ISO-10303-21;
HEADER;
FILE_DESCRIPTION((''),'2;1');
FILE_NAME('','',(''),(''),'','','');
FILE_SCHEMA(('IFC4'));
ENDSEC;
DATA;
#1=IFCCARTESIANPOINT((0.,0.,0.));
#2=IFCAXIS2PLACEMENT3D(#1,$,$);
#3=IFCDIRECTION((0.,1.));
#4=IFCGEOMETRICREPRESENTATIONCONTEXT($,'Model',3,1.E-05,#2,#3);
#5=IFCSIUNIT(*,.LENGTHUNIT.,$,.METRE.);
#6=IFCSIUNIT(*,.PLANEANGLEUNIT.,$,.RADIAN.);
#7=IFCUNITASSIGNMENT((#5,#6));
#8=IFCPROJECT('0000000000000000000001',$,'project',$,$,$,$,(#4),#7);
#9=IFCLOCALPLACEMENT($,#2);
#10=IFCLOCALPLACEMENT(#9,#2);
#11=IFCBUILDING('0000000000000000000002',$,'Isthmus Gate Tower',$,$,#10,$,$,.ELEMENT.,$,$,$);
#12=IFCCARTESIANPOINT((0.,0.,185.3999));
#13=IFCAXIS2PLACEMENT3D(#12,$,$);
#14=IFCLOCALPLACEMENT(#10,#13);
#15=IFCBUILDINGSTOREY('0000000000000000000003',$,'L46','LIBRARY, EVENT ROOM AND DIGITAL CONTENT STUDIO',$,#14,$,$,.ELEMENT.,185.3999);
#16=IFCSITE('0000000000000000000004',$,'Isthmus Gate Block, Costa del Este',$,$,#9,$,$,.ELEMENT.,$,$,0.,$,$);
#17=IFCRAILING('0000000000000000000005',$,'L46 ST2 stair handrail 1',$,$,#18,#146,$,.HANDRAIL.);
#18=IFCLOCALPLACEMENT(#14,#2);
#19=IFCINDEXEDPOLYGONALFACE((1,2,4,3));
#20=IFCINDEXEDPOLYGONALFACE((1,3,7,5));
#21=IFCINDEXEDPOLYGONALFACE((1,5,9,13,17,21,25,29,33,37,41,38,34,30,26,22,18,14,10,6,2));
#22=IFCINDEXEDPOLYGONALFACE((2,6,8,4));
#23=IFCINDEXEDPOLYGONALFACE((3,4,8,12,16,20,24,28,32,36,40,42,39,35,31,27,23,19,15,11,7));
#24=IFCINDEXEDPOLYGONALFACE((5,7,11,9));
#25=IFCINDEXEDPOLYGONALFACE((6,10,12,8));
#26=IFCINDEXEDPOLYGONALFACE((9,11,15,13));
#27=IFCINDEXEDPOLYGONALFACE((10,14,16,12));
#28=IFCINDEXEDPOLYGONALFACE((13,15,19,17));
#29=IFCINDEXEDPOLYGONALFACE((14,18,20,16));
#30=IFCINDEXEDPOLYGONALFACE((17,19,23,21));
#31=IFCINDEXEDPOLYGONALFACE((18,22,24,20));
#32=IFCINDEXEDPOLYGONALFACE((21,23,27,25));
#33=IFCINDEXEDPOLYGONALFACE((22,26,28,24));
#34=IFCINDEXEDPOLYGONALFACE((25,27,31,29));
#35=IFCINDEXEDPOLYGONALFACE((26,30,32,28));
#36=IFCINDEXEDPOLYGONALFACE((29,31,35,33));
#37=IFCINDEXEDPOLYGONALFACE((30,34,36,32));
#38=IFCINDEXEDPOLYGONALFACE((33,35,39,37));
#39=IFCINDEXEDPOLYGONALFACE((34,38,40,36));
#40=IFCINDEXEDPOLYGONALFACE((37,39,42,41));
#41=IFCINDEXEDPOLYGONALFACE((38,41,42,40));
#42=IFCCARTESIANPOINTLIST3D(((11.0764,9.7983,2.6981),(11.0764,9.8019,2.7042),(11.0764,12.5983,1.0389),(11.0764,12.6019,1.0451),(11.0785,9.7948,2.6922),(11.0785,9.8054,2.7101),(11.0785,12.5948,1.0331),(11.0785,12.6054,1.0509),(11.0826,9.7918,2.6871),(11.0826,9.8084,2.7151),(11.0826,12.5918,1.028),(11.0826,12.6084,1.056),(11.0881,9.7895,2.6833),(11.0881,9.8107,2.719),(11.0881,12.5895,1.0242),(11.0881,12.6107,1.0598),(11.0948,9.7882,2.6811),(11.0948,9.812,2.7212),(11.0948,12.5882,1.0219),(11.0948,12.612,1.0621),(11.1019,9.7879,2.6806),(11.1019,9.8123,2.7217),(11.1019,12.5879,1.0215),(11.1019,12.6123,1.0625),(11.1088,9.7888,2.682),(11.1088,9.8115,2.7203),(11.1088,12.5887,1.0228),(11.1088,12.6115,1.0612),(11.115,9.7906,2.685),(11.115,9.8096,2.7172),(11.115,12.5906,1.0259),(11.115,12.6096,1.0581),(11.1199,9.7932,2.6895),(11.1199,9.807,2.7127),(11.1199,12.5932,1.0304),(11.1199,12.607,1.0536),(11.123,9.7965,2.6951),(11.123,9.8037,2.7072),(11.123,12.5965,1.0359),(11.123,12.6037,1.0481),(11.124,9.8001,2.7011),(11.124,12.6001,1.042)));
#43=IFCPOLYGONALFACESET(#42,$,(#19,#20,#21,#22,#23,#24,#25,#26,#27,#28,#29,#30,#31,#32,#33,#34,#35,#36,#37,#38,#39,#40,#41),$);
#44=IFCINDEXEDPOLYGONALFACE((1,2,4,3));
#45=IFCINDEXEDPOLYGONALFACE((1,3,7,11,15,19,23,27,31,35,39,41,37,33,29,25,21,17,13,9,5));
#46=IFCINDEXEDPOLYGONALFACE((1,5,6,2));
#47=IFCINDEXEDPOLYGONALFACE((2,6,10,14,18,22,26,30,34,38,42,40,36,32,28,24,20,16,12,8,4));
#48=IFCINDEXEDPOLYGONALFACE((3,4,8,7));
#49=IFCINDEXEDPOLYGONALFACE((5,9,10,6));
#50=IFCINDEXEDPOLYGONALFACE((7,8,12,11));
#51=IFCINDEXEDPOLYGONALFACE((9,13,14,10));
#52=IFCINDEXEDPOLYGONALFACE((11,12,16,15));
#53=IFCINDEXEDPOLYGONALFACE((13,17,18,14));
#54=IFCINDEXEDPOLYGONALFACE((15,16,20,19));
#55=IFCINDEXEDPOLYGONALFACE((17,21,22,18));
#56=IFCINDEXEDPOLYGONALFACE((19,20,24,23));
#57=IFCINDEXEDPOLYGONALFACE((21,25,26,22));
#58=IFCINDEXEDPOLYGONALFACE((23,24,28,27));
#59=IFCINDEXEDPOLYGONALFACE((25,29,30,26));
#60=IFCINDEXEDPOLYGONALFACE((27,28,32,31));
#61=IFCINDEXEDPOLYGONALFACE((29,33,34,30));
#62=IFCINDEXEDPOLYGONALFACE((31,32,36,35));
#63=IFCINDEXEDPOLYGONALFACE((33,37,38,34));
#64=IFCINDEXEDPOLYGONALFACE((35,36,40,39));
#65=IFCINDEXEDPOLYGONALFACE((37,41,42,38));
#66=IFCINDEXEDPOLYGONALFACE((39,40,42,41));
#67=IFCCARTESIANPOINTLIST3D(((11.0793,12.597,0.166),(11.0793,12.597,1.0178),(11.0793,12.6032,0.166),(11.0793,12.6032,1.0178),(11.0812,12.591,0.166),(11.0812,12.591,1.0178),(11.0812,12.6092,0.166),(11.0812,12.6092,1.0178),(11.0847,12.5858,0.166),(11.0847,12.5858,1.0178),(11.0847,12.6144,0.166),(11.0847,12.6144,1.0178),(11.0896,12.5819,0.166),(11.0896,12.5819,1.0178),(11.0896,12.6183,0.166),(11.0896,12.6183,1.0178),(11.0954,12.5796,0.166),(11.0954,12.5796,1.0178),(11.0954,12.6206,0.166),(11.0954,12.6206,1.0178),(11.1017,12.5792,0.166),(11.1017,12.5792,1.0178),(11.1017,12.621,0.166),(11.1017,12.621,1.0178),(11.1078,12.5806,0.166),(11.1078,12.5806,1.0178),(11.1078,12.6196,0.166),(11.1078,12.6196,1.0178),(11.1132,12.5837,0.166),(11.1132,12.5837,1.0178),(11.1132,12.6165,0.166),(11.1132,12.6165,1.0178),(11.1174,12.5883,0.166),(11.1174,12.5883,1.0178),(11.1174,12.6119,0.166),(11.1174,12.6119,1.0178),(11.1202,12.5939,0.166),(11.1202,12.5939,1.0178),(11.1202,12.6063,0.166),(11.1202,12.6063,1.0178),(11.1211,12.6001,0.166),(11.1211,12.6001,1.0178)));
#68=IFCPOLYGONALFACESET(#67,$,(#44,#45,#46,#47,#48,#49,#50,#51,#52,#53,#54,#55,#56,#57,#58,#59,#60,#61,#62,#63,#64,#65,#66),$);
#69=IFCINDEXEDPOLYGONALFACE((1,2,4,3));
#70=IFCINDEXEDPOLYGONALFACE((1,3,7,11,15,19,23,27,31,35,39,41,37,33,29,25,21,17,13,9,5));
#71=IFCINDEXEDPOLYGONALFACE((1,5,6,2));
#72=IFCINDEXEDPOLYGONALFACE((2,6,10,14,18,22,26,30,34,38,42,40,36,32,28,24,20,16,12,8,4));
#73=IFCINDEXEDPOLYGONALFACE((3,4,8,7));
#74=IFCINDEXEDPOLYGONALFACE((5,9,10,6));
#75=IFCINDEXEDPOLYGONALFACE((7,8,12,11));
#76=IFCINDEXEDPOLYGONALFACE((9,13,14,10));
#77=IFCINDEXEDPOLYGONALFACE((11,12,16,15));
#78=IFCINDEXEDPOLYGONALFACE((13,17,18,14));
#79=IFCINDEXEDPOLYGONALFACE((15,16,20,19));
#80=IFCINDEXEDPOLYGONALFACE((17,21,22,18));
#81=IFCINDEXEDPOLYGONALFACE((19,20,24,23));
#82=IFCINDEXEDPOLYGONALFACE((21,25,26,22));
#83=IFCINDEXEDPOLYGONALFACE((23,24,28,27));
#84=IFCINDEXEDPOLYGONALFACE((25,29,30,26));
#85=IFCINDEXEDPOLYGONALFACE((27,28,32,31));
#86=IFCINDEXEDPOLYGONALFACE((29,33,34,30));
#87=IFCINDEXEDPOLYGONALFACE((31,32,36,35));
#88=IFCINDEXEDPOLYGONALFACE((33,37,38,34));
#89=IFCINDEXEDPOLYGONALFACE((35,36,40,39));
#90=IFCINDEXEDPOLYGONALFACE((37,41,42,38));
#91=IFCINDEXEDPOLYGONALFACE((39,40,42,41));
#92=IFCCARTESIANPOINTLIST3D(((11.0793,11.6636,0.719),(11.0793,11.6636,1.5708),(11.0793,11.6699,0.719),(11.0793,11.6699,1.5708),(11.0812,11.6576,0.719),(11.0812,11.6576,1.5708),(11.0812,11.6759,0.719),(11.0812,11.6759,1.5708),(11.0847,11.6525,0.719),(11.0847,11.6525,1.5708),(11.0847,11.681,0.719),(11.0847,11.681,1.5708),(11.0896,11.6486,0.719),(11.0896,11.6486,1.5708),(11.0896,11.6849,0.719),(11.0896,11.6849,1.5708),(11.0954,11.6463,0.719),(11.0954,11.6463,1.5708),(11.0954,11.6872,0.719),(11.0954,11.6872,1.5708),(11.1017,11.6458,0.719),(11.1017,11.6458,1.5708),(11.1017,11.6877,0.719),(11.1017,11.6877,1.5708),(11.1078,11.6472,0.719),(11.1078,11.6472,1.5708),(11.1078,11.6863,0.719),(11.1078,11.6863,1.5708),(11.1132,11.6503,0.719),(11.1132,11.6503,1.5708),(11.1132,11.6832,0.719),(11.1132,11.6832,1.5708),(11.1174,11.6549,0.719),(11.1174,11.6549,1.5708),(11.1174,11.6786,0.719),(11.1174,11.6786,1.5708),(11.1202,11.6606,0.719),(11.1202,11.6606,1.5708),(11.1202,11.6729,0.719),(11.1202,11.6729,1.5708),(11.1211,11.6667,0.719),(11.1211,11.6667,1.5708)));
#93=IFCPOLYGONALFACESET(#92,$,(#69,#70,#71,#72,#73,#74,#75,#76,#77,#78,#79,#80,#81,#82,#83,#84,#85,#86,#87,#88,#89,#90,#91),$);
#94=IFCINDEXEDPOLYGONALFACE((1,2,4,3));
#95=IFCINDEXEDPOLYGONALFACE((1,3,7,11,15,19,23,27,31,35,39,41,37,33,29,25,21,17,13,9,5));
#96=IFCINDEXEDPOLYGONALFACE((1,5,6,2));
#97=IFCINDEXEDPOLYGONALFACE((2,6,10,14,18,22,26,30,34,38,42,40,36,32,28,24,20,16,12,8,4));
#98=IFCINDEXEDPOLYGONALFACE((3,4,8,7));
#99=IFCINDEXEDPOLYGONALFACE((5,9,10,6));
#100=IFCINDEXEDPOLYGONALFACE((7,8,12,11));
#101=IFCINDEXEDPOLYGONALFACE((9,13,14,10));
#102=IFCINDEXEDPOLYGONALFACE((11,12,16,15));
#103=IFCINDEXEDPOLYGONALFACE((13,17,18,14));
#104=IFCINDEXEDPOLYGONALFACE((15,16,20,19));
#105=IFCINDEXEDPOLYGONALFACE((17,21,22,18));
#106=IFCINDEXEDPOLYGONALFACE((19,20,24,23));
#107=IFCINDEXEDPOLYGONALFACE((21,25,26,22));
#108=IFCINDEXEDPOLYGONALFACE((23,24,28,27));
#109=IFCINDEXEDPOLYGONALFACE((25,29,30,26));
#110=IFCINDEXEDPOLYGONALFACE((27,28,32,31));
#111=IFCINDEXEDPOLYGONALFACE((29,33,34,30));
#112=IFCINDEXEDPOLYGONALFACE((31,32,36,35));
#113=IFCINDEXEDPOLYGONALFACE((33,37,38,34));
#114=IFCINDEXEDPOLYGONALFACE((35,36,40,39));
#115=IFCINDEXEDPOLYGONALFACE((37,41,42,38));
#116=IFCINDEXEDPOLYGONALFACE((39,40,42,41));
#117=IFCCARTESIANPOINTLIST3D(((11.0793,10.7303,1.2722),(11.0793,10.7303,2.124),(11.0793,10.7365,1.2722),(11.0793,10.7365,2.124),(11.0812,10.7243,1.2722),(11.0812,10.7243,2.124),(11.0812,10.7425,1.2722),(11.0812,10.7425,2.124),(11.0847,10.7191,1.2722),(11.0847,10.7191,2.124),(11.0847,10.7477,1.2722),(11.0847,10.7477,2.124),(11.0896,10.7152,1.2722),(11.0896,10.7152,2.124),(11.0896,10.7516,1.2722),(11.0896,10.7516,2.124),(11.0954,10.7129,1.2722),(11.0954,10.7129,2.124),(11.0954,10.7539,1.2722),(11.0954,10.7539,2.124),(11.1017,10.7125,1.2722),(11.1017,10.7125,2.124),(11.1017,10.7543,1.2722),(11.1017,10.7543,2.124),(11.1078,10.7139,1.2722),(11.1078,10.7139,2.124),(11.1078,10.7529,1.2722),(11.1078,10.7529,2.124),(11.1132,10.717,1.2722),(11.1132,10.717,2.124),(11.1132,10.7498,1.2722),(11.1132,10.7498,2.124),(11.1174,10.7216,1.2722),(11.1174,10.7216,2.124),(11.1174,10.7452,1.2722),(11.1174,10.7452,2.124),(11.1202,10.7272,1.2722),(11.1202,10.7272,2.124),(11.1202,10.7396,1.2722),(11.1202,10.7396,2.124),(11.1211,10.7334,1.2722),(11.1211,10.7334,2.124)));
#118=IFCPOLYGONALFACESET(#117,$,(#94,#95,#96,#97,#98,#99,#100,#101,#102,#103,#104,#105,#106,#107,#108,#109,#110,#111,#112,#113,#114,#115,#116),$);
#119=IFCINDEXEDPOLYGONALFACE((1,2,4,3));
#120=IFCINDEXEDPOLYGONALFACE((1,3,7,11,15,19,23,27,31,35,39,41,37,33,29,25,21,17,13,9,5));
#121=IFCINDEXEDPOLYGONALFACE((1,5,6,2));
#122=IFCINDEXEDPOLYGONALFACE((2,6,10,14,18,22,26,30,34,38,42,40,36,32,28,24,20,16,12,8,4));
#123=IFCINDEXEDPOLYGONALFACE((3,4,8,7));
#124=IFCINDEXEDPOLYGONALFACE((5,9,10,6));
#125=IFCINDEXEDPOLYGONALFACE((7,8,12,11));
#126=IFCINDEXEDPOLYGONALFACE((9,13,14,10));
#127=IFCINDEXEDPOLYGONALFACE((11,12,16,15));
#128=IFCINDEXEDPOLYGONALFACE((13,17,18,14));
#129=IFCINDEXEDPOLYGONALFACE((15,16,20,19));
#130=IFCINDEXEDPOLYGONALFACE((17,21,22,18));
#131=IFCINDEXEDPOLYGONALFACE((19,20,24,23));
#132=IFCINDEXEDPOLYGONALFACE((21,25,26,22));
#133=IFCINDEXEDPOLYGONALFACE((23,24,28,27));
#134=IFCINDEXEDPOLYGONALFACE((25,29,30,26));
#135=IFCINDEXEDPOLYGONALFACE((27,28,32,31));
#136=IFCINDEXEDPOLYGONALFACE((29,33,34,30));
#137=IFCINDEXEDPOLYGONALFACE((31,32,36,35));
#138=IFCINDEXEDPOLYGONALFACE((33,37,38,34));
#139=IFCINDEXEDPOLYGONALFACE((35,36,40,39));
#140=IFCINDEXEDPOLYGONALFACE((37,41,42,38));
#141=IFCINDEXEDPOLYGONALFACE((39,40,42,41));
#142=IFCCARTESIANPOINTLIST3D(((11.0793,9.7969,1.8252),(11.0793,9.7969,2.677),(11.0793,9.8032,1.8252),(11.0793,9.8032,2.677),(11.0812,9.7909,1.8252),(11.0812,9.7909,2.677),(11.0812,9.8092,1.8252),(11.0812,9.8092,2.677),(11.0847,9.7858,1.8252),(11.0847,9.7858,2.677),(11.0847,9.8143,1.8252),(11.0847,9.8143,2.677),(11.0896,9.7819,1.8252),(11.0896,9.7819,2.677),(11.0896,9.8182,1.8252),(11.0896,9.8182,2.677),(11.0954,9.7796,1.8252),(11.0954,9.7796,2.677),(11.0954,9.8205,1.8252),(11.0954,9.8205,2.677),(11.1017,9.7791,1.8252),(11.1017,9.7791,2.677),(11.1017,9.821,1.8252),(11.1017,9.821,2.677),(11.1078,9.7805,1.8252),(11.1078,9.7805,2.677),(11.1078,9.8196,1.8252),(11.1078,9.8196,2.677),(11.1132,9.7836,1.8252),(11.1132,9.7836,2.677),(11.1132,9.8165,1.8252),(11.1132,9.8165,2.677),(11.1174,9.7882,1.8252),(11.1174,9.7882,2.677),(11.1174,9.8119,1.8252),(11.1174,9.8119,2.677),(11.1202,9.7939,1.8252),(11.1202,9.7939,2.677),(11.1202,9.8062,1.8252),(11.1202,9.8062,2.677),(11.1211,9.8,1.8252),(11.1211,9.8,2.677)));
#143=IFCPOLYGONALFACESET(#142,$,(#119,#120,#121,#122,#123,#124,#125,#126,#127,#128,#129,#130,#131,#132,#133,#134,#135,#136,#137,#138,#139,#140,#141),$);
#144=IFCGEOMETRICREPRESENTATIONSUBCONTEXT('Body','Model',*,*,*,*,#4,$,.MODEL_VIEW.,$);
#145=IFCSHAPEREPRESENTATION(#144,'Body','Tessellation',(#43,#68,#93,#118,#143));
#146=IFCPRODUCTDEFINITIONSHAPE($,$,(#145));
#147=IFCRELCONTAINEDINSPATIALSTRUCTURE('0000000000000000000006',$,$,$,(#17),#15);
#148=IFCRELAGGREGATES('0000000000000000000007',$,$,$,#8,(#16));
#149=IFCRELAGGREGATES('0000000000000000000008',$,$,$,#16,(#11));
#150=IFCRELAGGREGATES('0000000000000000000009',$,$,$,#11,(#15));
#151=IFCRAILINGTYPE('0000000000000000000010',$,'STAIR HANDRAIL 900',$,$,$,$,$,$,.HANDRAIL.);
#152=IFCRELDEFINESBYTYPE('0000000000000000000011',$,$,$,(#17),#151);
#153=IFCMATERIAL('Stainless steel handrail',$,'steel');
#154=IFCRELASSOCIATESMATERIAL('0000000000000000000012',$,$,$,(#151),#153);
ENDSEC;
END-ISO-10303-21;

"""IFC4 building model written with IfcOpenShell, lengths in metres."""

from ifc_helpers import new_model, si_unit, direction, frame, origin, origin_2d, place, context, subcontext, project, spatial, circle, extrude, material, type_object, element, save


model = new_model("IFC4")

# Units and contexts
model_context = context("Model", 3, precision=1e-05, world=origin(), true_north=direction((0.0, 1.0)))
body_context = subcontext(model_context, "Body", "Model", "MODEL_VIEW")
ifc_project = project(units=[si_unit("LENGTHUNIT", "METRE"), si_unit("PLANEANGLEUNIT", "RADIAN")], contexts=[model_context])

# Site, building, storey
site_placement = place(None, origin())
site = spatial("IfcSite", under=ifc_project, at=site_placement, Name="Isthmus Gate Block, Costa del Este", CompositionType="ELEMENT", RefElevation=0.0)
building_placement = place(site_placement, origin())
building = spatial("IfcBuilding", under=site, at=building_placement, Name="Isthmus Gate Tower", CompositionType="ELEMENT")
storey_placement = place(building_placement, frame((0.0, 0.0, 185.3999)))
storey = spatial("IfcBuildingStorey", under=building, at=storey_placement, Name="L46", Description="LIBRARY, EVENT ROOM AND DIGITAL CONTENT STUDIO", CompositionType="ELEMENT", Elevation=185.3999)

# Railing
ifc_material_1 = material(Name="Stainless steel handrail", Category="steel")
railing_type_1 = type_object("IfcRailingType", Name="STAIR HANDRAIL 900", PredefinedType="HANDRAIL", material=ifc_material_1)
railing_1_placement = place(storey_placement, frame((11.1001, 12.6001, 0.166)))
element("IfcRailing", 1, at=railing_1_placement, inside=storey, type_object=railing_type_1, Name="L46 ST2 stair handrail 1", PredefinedType="HANDRAIL", context=body_context, shape_type="SweptSolid", body=[
    extrude(circle(Radius=0.0239, at=origin_2d()), frame((0.0, 0.0, 0.876), z_axis=(0.0, -0.860306, 0.509778), x_axis=(1.0, 0.0, 0.0)), (0.0, 0.0, 1.0), 3.2546),
    extrude(circle(Radius=0.021, at=origin_2d()), origin(), (0.0, 0.0, 1.0), 0.8518),
    extrude(circle(Radius=0.021, at=origin_2d()), frame((0.0, -0.9333, 0.553)), (0.0, 0.0, 1.0), 0.8518),
    extrude(circle(Radius=0.021, at=origin_2d()), frame((0.0, -1.8667, 1.1062)), (0.0, 0.0, 1.0), 0.8518),
    extrude(circle(Radius=0.021, at=origin_2d()), frame((0.0, -2.8, 1.6592)), (0.0, 0.0, 1.0), 0.8518),
])

save(model, "model.ifc")
